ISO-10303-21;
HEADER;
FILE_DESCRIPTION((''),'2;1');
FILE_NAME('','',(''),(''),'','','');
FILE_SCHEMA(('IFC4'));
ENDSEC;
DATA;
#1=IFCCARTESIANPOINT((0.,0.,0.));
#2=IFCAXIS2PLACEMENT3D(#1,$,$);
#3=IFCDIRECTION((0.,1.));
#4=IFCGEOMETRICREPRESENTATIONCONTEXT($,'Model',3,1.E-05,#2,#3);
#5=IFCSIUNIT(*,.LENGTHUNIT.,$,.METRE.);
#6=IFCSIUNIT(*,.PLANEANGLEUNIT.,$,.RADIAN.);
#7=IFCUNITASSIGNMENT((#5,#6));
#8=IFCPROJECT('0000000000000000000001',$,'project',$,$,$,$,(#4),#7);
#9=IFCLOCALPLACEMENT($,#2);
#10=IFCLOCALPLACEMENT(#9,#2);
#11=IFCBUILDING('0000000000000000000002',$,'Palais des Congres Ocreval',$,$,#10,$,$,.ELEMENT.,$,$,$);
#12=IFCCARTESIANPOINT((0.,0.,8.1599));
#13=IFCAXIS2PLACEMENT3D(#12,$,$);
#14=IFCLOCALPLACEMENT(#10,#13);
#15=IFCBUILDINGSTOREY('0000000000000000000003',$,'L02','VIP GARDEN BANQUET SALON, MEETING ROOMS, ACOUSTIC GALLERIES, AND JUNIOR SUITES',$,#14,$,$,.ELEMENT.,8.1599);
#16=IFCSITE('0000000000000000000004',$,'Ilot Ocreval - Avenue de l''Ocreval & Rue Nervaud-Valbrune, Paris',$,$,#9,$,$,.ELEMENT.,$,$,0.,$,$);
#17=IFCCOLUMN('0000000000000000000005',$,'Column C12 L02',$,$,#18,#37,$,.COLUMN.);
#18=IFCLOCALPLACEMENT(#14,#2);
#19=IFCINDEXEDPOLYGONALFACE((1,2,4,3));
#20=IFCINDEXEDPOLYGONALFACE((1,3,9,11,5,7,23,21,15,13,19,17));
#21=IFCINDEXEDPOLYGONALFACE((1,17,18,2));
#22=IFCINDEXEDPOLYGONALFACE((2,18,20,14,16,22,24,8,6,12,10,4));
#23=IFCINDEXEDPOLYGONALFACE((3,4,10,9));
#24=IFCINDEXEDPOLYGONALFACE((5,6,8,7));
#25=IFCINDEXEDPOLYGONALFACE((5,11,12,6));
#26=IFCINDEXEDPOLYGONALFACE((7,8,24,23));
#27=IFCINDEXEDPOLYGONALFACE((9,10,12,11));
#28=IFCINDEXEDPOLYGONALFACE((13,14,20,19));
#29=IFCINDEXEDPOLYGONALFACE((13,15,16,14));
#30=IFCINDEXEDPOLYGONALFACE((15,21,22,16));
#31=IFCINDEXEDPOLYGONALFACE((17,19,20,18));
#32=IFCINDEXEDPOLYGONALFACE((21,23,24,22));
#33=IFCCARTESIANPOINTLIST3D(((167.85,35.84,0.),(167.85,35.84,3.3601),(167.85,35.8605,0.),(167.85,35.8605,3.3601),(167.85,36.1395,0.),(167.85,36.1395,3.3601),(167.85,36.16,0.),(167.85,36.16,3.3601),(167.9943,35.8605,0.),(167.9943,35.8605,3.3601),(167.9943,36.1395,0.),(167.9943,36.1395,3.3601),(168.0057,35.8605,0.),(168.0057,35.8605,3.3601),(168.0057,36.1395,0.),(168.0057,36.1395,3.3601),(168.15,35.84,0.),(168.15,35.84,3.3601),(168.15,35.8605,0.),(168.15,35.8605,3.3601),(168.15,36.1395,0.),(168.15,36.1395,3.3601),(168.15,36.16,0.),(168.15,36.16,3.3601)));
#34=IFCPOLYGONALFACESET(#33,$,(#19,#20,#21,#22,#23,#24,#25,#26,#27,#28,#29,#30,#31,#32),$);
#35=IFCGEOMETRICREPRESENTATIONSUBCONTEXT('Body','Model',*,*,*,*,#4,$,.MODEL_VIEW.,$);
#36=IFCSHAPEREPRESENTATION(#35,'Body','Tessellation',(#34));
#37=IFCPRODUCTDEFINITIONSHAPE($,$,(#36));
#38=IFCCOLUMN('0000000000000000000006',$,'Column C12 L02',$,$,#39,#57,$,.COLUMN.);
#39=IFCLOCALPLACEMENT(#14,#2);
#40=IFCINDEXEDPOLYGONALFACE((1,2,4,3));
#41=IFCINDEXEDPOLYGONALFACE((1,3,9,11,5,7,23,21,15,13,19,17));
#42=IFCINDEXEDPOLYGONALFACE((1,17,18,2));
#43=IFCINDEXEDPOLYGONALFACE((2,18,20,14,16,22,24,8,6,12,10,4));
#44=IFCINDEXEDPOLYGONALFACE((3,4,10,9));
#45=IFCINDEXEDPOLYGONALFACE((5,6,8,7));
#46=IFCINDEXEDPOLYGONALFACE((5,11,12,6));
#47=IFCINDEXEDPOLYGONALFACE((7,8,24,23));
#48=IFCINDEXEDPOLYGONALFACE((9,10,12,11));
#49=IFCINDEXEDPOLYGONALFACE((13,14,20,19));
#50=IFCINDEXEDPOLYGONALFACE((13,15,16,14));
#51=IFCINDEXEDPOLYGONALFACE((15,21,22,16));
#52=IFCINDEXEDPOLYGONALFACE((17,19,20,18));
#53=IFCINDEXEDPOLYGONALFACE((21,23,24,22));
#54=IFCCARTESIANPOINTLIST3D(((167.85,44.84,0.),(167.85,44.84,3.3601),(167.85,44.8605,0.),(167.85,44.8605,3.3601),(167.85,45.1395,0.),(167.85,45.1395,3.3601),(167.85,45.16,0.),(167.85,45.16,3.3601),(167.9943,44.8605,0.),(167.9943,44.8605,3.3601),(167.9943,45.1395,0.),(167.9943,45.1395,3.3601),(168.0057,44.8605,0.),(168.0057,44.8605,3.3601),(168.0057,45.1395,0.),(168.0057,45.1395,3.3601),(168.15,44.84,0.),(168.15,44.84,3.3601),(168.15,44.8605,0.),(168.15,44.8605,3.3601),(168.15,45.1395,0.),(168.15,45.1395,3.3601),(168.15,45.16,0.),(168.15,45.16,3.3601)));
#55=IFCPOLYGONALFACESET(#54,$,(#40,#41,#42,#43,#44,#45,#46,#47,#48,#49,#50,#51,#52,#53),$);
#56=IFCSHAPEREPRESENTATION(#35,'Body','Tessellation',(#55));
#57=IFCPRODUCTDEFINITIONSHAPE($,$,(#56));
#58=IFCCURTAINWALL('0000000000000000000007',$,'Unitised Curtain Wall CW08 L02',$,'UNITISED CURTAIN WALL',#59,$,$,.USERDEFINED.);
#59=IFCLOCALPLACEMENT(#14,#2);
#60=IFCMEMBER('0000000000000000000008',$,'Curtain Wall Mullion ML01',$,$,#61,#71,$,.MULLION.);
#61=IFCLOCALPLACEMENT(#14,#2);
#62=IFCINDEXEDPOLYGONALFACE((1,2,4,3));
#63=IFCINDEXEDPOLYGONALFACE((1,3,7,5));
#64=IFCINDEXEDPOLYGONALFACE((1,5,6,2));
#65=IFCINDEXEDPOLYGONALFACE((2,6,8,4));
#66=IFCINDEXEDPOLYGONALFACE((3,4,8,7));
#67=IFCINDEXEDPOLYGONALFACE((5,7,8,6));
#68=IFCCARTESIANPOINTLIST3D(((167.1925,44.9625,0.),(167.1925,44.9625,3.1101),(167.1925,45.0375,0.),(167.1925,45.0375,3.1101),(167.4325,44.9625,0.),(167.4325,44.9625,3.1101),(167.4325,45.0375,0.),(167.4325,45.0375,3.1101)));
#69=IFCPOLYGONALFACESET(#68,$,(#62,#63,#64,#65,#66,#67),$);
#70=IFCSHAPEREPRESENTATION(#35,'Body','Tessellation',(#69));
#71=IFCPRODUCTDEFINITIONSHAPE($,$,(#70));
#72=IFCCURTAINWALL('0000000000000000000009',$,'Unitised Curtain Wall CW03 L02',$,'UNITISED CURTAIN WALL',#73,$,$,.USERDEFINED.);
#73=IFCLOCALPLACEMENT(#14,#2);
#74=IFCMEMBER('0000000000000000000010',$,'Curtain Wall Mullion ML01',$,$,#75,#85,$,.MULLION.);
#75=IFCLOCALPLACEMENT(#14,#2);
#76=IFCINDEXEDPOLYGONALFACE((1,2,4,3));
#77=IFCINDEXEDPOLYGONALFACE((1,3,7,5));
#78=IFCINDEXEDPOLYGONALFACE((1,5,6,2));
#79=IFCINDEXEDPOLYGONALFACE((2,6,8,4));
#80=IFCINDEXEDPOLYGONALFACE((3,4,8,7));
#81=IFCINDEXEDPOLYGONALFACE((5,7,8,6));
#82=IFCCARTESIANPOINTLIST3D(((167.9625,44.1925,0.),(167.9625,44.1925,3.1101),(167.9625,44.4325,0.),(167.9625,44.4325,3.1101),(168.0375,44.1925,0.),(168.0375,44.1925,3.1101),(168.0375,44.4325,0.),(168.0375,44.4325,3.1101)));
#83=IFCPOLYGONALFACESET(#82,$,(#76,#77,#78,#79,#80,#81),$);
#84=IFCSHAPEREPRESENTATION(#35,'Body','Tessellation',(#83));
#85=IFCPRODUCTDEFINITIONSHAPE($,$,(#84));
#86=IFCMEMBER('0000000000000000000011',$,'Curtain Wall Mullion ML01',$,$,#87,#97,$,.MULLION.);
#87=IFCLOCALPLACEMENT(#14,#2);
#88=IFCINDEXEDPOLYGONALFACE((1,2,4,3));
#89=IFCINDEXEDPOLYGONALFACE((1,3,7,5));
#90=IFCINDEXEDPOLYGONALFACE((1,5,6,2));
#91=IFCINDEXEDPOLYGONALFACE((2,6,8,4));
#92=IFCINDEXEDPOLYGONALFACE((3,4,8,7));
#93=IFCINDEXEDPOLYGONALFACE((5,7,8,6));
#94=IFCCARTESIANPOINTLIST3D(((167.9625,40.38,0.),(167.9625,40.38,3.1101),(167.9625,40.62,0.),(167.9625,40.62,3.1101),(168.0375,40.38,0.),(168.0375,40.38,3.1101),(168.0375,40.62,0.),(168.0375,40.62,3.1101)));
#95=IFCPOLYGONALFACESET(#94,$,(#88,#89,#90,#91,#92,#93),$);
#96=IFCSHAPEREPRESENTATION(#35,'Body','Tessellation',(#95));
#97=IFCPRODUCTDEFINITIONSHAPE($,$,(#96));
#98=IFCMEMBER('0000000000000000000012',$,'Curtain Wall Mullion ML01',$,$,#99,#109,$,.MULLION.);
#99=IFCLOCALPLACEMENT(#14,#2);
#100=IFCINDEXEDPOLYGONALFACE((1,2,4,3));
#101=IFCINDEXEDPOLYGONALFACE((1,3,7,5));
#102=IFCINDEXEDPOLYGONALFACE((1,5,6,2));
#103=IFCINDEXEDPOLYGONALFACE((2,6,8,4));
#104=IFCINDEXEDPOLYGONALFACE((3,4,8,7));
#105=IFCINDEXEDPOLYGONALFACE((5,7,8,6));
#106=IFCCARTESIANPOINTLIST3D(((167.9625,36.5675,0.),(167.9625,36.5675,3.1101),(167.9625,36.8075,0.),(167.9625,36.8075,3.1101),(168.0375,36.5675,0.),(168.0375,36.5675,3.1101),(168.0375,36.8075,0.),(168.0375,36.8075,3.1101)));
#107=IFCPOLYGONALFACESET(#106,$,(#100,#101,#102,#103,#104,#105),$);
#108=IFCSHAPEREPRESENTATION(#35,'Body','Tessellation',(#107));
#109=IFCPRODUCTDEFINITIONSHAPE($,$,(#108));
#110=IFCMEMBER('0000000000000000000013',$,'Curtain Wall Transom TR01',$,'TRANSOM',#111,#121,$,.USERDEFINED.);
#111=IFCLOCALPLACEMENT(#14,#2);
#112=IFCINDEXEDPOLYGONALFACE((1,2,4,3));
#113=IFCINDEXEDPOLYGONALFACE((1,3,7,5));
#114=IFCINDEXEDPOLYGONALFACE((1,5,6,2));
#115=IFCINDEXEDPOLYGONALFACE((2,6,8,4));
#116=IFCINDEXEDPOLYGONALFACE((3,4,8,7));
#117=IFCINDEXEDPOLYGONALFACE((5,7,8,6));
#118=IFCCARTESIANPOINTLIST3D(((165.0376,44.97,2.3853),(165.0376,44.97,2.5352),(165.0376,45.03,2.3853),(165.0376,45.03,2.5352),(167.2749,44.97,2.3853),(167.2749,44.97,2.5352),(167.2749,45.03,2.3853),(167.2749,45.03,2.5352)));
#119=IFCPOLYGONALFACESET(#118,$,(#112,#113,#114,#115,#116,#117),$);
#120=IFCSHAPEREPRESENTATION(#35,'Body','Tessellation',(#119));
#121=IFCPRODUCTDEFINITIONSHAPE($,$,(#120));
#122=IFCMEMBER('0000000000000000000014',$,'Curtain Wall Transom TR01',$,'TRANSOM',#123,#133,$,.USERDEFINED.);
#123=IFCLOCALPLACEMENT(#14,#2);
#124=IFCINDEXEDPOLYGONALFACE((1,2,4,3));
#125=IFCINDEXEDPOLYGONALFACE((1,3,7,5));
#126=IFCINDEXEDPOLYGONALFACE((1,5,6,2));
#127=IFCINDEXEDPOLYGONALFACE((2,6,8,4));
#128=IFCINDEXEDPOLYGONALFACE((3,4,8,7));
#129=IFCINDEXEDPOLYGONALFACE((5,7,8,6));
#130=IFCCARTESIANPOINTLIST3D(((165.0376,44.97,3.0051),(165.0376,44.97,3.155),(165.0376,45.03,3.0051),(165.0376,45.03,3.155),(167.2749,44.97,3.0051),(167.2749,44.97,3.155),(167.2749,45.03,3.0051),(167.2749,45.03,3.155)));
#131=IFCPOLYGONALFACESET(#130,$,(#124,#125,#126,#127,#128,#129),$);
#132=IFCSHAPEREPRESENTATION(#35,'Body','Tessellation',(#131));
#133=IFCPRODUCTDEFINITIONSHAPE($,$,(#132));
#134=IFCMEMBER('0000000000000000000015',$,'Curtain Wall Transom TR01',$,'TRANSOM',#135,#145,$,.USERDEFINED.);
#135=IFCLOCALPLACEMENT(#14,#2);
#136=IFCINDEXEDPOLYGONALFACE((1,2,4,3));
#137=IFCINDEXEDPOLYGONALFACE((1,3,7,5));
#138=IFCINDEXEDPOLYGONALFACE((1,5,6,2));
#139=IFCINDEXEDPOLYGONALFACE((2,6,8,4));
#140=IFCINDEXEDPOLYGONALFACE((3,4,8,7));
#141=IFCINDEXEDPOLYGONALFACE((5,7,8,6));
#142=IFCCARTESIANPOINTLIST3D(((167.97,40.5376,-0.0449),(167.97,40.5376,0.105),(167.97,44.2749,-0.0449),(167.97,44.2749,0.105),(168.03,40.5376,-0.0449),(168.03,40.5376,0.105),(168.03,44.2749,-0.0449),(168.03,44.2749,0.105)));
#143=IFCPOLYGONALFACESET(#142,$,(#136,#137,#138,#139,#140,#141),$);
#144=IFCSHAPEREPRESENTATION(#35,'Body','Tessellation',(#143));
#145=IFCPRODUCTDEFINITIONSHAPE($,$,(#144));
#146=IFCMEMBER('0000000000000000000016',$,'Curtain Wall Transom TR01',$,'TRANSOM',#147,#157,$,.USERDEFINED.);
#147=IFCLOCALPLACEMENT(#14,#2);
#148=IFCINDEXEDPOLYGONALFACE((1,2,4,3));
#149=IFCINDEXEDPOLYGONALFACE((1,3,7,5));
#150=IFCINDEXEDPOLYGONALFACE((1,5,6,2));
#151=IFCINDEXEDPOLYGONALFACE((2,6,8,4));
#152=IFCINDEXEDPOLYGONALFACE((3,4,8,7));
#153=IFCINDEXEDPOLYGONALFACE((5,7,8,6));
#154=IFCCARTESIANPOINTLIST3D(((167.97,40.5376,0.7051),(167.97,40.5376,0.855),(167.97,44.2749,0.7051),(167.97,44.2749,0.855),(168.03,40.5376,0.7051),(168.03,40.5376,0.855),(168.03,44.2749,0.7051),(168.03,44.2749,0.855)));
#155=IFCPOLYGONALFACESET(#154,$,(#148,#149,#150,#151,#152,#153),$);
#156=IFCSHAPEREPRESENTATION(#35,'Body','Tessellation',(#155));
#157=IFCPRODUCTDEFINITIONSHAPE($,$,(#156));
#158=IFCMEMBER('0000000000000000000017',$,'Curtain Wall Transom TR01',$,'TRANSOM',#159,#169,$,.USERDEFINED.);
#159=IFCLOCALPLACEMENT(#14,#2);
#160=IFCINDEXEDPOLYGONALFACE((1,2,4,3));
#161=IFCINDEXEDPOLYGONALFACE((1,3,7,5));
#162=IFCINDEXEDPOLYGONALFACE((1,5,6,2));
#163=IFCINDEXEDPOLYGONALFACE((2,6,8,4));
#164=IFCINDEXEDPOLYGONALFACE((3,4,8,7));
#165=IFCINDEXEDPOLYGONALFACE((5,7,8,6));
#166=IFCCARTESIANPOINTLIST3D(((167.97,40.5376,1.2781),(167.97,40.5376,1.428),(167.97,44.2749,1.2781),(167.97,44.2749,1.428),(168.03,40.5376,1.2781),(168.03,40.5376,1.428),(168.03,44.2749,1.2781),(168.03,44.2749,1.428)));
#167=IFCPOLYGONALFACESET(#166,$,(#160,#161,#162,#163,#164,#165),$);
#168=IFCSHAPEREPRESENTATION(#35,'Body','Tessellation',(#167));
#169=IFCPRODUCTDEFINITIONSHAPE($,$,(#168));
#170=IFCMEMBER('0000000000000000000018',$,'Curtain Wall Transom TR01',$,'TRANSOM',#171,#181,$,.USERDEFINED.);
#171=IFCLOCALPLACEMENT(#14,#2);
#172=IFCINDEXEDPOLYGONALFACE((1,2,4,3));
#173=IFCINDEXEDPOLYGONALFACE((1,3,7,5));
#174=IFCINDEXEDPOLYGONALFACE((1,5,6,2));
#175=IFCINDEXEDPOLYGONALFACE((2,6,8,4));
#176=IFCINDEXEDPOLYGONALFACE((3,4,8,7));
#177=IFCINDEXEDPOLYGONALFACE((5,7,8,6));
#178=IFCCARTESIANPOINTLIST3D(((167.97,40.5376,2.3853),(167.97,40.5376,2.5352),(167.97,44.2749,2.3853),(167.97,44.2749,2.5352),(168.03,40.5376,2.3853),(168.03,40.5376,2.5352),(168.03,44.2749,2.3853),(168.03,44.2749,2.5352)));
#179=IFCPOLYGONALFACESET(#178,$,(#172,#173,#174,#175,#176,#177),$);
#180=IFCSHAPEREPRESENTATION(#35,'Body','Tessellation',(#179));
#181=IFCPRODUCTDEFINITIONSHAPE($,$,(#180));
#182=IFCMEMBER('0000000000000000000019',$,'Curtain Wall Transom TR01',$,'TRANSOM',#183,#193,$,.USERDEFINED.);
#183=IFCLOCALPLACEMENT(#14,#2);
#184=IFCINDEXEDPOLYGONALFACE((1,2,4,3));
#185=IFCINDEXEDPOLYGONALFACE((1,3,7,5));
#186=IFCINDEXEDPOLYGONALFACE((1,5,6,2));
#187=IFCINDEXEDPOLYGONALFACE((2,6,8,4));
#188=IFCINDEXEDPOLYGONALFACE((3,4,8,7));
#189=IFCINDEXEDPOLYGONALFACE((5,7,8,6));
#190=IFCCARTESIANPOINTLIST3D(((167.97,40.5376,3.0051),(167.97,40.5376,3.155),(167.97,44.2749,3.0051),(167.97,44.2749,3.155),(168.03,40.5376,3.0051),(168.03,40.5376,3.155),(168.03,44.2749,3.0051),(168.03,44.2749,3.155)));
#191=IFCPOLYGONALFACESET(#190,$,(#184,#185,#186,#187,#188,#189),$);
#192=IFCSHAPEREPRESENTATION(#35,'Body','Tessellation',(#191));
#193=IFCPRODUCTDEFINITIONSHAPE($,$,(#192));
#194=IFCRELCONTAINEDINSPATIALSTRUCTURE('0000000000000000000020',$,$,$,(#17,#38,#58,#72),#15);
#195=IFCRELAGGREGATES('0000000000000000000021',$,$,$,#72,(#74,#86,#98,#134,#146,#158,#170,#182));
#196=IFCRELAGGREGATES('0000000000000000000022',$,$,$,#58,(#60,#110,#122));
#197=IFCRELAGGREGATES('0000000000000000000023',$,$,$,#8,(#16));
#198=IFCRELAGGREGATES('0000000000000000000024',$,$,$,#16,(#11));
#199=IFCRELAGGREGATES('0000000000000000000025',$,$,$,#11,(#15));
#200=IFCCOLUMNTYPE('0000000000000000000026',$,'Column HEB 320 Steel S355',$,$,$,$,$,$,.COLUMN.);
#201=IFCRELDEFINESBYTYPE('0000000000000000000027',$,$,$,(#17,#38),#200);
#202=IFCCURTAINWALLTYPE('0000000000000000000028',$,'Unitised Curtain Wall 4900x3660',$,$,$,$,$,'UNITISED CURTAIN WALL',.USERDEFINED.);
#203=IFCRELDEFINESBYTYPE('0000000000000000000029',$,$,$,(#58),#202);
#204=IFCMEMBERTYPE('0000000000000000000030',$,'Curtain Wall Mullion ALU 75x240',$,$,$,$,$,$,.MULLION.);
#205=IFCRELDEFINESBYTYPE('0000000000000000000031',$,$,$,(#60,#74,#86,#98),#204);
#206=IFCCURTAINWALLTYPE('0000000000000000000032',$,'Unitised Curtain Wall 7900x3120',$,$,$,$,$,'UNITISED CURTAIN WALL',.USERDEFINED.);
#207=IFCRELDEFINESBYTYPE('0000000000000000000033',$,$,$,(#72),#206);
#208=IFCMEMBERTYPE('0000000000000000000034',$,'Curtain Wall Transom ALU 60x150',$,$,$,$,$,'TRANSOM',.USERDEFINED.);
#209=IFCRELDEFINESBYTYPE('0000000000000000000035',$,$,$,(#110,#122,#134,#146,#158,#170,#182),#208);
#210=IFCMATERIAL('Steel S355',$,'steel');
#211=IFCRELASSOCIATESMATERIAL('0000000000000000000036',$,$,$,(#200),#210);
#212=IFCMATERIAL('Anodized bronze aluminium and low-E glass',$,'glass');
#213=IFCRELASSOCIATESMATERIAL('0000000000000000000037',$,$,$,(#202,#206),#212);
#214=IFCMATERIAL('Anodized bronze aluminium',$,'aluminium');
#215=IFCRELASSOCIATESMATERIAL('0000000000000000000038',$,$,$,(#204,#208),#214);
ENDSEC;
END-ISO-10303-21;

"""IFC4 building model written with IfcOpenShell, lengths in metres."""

from ifc_helpers import new_model, si_unit, direction, frame, origin, origin_2d, place, context, subcontext, project, spatial, rectangle, i_section, extrude, material, material_profile, profile_set, type_object, element, aggregate, save


model = new_model("IFC4")

# Units and contexts
model_context = context("Model", 3, precision=1e-05, world=origin(), true_north=direction((0.0, 1.0)))
body_context = subcontext(model_context, "Body", "Model", "MODEL_VIEW")
ifc_project = project(units=[si_unit("LENGTHUNIT", "METRE"), si_unit("PLANEANGLEUNIT", "RADIAN")], contexts=[model_context])

# Site, building, storey
site_placement = place(None, origin())
site = spatial("IfcSite", under=ifc_project, at=site_placement, Name="Ilot Ocreval - Avenue de l'Ocreval & Rue Nervaud-Valbrune, Paris", CompositionType="ELEMENT", RefElevation=0.0)
building_placement = place(site_placement, origin())
building = spatial("IfcBuilding", under=site, at=building_placement, Name="Palais des Congres Ocreval", CompositionType="ELEMENT")
storey_placement = place(building_placement, frame((0.0, 0.0, 8.1599)))
storey = spatial("IfcBuildingStorey", under=building, at=storey_placement, Name="L02", Description="VIP GARDEN BANQUET SALON, MEETING ROOMS, ACOUSTIC GALLERIES, AND JUNIOR SUITES", CompositionType="ELEMENT", Elevation=8.1599)

# Columns
ifc_material_1 = material(Name="Steel S355", Category="steel")
ifc_material_profile_1 = material_profile(ifc_material_1, i_section(OverallWidth=0.3, OverallDepth=0.3201, WebThickness=0.0115, FlangeThickness=0.0205, at=origin_2d()), Name="HEB 320")
ifc_profile_set_1 = profile_set([ifc_material_profile_1], Name="Steel S355")
column_type = type_object("IfcColumnType", Name="Column HEB 320 Steel S355", PredefinedType="COLUMN", material=ifc_profile_set_1)
for number, where, z_axis, x_axis, name in (
    (1, (168.0, 36.0, 0.0), (0.0, 0.0, 1.0), (1.0, 0.0, 0.0), "Column C12 L02"),
    (2, (168.0, 45.0, 0.0), (0.0, 0.0, 1.0), (1.0, 0.0, 0.0), "Column C12 L02"),
):
    element("IfcColumn", number, at=place(storey_placement, frame(where, z_axis=z_axis, x_axis=x_axis)), inside=storey, type_object=column_type, Name=name, PredefinedType="COLUMN", context=body_context, shape_type="SweptSolid", body=[
        extrude(i_section(OverallWidth=0.3, OverallDepth=0.3201, WebThickness=0.0115, FlangeThickness=0.0205, at=origin_2d()), origin(), (0.0, 0.0, 1.0), 3.3601),
    ])

# Curtain wall, member
ifc_material_2 = material(Name="Anodized bronze aluminium and low-E glass", Category="glass")
curtain_wall_type_1 = type_object("IfcCurtainWallType", Name="Unitised Curtain Wall 4900x3660", ElementType="UNITISED CURTAIN WALL", PredefinedType="USERDEFINED", material=ifc_material_2)
curtain_wall_1_placement = place(storey_placement, origin())
curtain_wall_1 = element("IfcCurtainWall", 3, at=curtain_wall_1_placement, inside=storey, type_object=curtain_wall_type_1, Name="Unitised Curtain Wall CW08 L02", ObjectType="UNITISED CURTAIN WALL", PredefinedType="USERDEFINED")
ifc_material_3 = material(Name="Anodized bronze aluminium", Category="aluminium")
ifc_material_profile_2 = material_profile(ifc_material_3, rectangle(XDim=0.075, YDim=0.24, at=origin_2d()), Name="ALU 75x240")
ifc_profile_set_2 = profile_set([ifc_material_profile_2], Name="Anodized bronze aluminium")
member_type_1 = type_object("IfcMemberType", Name="Curtain Wall Mullion ALU 75x240", PredefinedType="MULLION", material=ifc_profile_set_2)
member_1_placement = place(storey_placement, frame((167.3125, 45.0, 0.0), z_axis=(0.0, 0.0, 1.0), x_axis=(0.0, 1.0, 0.0)))
member_1 = element("IfcMember", 4, at=member_1_placement, type_object=member_type_1, Name="Curtain Wall Mullion ML01", PredefinedType="MULLION", context=body_context, shape_type="SweptSolid", body=[
    extrude(rectangle(XDim=0.075, YDim=0.24, at=origin_2d()), origin(), (0.0, 0.0, 1.0), 3.1101),
])

# Curtain wall, members
curtain_wall_type_2 = type_object("IfcCurtainWallType", Name="Unitised Curtain Wall 7900x3120", ElementType="UNITISED CURTAIN WALL", PredefinedType="USERDEFINED", material=ifc_material_2)
curtain_wall_2_placement = place(storey_placement, origin())
curtain_wall_2 = element("IfcCurtainWall", 5, at=curtain_wall_2_placement, inside=storey, type_object=curtain_wall_type_2, Name="Unitised Curtain Wall CW03 L02", ObjectType="UNITISED CURTAIN WALL", PredefinedType="USERDEFINED")
member_2_placement = place(storey_placement, frame((168.0, 44.3125, 0.0), z_axis=(0.0, 0.0, 1.0), x_axis=(1.0, 0.0, 0.0)))
member_2 = element("IfcMember", 6, at=member_2_placement, type_object=member_type_1, Name="Curtain Wall Mullion ML01", PredefinedType="MULLION", context=body_context, shape_type="SweptSolid", body=[
    extrude(rectangle(XDim=0.075, YDim=0.24, at=origin_2d()), origin(), (0.0, 0.0, 1.0), 3.1101),
])
member_3_placement = place(storey_placement, frame((168.0, 40.5, 0.0), z_axis=(0.0, 0.0, 1.0), x_axis=(1.0, 0.0, 0.0)))
member_3 = element("IfcMember", 7, at=member_3_placement, type_object=member_type_1, Name="Curtain Wall Mullion ML01", PredefinedType="MULLION", context=body_context, shape_type="SweptSolid", body=[
    extrude(rectangle(XDim=0.075, YDim=0.24, at=origin_2d()), origin(), (0.0, 0.0, 1.0), 3.1101),
])
member_4_placement = place(storey_placement, frame((168.0, 36.6875, 0.0), z_axis=(0.0, 0.0, 1.0), x_axis=(1.0, 0.0, 0.0)))
member_4 = element("IfcMember", 8, at=member_4_placement, type_object=member_type_1, Name="Curtain Wall Mullion ML01", PredefinedType="MULLION", context=body_context, shape_type="SweptSolid", body=[
    extrude(rectangle(XDim=0.075, YDim=0.24, at=origin_2d()), origin(), (0.0, 0.0, 1.0), 3.1101),
])

# Members
ifc_material_profile_3 = material_profile(ifc_material_3, rectangle(XDim=0.0601, YDim=0.1499, at=origin_2d()), Name="ALU 60x150")
ifc_profile_set_3 = profile_set([ifc_material_profile_3], Name="Anodized bronze aluminium")
member_type_2 = type_object("IfcMemberType", Name="Curtain Wall Transom ALU 60x150", ElementType="TRANSOM", PredefinedType="USERDEFINED", material=ifc_profile_set_3)
member_5_placement = place(storey_placement, frame((165.0376, 45.0, 2.4602), z_axis=(1.0, 0.0, 0.0), x_axis=(0.0, 1.0, 0.0)))
member_5 = element("IfcMember", 9, at=member_5_placement, type_object=member_type_2, Name="Curtain Wall Transom TR01", ObjectType="TRANSOM", PredefinedType="USERDEFINED", context=body_context, shape_type="SweptSolid", body=[
    extrude(rectangle(XDim=0.0601, YDim=0.1499, at=origin_2d()), origin(), (0.0, 0.0, 1.0), 2.2373),
])
member_6_placement = place(storey_placement, frame((165.0376, 45.0, 3.0801), z_axis=(1.0, 0.0, 0.0), x_axis=(0.0, 1.0, 0.0)))
member_6 = element("IfcMember", 10, at=member_6_placement, type_object=member_type_2, Name="Curtain Wall Transom TR01", ObjectType="TRANSOM", PredefinedType="USERDEFINED", context=body_context, shape_type="SweptSolid", body=[
    extrude(rectangle(XDim=0.0601, YDim=0.1499, at=origin_2d()), origin(), (0.0, 0.0, 1.0), 2.2373),
])
member_7_placement = place(storey_placement, frame((168.0, 44.2749, 0.03), z_axis=(0.0, -1.0, 0.0), x_axis=(1.0, 0.0, 0.0)))
member_7 = element("IfcMember", 11, at=member_7_placement, type_object=member_type_2, Name="Curtain Wall Transom TR01", ObjectType="TRANSOM", PredefinedType="USERDEFINED", context=body_context, shape_type="SweptSolid", body=[
    extrude(rectangle(XDim=0.0601, YDim=0.1499, at=origin_2d()), origin(), (0.0, 0.0, 1.0), 3.7373),
])
member_8_placement = place(storey_placement, frame((168.0, 44.2749, 0.78), z_axis=(0.0, -1.0, 0.0), x_axis=(1.0, 0.0, 0.0)))
member_8 = element("IfcMember", 12, at=member_8_placement, type_object=member_type_2, Name="Curtain Wall Transom TR01", ObjectType="TRANSOM", PredefinedType="USERDEFINED", context=body_context, shape_type="SweptSolid", body=[
    extrude(rectangle(XDim=0.0601, YDim=0.1499, at=origin_2d()), origin(), (0.0, 0.0, 1.0), 3.7373),
])
member_9_placement = place(storey_placement, frame((168.0, 44.2749, 1.353), z_axis=(0.0, -1.0, 0.0), x_axis=(1.0, 0.0, 0.0)))
member_9 = element("IfcMember", 13, at=member_9_placement, type_object=member_type_2, Name="Curtain Wall Transom TR01", ObjectType="TRANSOM", PredefinedType="USERDEFINED", context=body_context, shape_type="SweptSolid", body=[
    extrude(rectangle(XDim=0.0601, YDim=0.1499, at=origin_2d()), origin(), (0.0, 0.0, 1.0), 3.7373),
])
member_10_placement = place(storey_placement, frame((168.0, 44.2749, 2.4602), z_axis=(0.0, -1.0, 0.0), x_axis=(1.0, 0.0, 0.0)))
member_10 = element("IfcMember", 14, at=member_10_placement, type_object=member_type_2, Name="Curtain Wall Transom TR01", ObjectType="TRANSOM", PredefinedType="USERDEFINED", context=body_context, shape_type="SweptSolid", body=[
    extrude(rectangle(XDim=0.0601, YDim=0.1499, at=origin_2d()), origin(), (0.0, 0.0, 1.0), 3.7373),
])
member_11_placement = place(storey_placement, frame((168.0, 44.2749, 3.0801), z_axis=(0.0, -1.0, 0.0), x_axis=(1.0, 0.0, 0.0)))
member_11 = element("IfcMember", 15, at=member_11_placement, type_object=member_type_2, Name="Curtain Wall Transom TR01", ObjectType="TRANSOM", PredefinedType="USERDEFINED", context=body_context, shape_type="SweptSolid", body=[
    extrude(rectangle(XDim=0.0601, YDim=0.1499, at=origin_2d()), origin(), (0.0, 0.0, 1.0), 3.7373),
])

aggregate(curtain_wall_2, [member_2, member_3, member_4, member_7, member_8, member_9, member_10, member_11])
aggregate(curtain_wall_1, [member_1, member_5, member_6])

save(model, "model.ifc")
